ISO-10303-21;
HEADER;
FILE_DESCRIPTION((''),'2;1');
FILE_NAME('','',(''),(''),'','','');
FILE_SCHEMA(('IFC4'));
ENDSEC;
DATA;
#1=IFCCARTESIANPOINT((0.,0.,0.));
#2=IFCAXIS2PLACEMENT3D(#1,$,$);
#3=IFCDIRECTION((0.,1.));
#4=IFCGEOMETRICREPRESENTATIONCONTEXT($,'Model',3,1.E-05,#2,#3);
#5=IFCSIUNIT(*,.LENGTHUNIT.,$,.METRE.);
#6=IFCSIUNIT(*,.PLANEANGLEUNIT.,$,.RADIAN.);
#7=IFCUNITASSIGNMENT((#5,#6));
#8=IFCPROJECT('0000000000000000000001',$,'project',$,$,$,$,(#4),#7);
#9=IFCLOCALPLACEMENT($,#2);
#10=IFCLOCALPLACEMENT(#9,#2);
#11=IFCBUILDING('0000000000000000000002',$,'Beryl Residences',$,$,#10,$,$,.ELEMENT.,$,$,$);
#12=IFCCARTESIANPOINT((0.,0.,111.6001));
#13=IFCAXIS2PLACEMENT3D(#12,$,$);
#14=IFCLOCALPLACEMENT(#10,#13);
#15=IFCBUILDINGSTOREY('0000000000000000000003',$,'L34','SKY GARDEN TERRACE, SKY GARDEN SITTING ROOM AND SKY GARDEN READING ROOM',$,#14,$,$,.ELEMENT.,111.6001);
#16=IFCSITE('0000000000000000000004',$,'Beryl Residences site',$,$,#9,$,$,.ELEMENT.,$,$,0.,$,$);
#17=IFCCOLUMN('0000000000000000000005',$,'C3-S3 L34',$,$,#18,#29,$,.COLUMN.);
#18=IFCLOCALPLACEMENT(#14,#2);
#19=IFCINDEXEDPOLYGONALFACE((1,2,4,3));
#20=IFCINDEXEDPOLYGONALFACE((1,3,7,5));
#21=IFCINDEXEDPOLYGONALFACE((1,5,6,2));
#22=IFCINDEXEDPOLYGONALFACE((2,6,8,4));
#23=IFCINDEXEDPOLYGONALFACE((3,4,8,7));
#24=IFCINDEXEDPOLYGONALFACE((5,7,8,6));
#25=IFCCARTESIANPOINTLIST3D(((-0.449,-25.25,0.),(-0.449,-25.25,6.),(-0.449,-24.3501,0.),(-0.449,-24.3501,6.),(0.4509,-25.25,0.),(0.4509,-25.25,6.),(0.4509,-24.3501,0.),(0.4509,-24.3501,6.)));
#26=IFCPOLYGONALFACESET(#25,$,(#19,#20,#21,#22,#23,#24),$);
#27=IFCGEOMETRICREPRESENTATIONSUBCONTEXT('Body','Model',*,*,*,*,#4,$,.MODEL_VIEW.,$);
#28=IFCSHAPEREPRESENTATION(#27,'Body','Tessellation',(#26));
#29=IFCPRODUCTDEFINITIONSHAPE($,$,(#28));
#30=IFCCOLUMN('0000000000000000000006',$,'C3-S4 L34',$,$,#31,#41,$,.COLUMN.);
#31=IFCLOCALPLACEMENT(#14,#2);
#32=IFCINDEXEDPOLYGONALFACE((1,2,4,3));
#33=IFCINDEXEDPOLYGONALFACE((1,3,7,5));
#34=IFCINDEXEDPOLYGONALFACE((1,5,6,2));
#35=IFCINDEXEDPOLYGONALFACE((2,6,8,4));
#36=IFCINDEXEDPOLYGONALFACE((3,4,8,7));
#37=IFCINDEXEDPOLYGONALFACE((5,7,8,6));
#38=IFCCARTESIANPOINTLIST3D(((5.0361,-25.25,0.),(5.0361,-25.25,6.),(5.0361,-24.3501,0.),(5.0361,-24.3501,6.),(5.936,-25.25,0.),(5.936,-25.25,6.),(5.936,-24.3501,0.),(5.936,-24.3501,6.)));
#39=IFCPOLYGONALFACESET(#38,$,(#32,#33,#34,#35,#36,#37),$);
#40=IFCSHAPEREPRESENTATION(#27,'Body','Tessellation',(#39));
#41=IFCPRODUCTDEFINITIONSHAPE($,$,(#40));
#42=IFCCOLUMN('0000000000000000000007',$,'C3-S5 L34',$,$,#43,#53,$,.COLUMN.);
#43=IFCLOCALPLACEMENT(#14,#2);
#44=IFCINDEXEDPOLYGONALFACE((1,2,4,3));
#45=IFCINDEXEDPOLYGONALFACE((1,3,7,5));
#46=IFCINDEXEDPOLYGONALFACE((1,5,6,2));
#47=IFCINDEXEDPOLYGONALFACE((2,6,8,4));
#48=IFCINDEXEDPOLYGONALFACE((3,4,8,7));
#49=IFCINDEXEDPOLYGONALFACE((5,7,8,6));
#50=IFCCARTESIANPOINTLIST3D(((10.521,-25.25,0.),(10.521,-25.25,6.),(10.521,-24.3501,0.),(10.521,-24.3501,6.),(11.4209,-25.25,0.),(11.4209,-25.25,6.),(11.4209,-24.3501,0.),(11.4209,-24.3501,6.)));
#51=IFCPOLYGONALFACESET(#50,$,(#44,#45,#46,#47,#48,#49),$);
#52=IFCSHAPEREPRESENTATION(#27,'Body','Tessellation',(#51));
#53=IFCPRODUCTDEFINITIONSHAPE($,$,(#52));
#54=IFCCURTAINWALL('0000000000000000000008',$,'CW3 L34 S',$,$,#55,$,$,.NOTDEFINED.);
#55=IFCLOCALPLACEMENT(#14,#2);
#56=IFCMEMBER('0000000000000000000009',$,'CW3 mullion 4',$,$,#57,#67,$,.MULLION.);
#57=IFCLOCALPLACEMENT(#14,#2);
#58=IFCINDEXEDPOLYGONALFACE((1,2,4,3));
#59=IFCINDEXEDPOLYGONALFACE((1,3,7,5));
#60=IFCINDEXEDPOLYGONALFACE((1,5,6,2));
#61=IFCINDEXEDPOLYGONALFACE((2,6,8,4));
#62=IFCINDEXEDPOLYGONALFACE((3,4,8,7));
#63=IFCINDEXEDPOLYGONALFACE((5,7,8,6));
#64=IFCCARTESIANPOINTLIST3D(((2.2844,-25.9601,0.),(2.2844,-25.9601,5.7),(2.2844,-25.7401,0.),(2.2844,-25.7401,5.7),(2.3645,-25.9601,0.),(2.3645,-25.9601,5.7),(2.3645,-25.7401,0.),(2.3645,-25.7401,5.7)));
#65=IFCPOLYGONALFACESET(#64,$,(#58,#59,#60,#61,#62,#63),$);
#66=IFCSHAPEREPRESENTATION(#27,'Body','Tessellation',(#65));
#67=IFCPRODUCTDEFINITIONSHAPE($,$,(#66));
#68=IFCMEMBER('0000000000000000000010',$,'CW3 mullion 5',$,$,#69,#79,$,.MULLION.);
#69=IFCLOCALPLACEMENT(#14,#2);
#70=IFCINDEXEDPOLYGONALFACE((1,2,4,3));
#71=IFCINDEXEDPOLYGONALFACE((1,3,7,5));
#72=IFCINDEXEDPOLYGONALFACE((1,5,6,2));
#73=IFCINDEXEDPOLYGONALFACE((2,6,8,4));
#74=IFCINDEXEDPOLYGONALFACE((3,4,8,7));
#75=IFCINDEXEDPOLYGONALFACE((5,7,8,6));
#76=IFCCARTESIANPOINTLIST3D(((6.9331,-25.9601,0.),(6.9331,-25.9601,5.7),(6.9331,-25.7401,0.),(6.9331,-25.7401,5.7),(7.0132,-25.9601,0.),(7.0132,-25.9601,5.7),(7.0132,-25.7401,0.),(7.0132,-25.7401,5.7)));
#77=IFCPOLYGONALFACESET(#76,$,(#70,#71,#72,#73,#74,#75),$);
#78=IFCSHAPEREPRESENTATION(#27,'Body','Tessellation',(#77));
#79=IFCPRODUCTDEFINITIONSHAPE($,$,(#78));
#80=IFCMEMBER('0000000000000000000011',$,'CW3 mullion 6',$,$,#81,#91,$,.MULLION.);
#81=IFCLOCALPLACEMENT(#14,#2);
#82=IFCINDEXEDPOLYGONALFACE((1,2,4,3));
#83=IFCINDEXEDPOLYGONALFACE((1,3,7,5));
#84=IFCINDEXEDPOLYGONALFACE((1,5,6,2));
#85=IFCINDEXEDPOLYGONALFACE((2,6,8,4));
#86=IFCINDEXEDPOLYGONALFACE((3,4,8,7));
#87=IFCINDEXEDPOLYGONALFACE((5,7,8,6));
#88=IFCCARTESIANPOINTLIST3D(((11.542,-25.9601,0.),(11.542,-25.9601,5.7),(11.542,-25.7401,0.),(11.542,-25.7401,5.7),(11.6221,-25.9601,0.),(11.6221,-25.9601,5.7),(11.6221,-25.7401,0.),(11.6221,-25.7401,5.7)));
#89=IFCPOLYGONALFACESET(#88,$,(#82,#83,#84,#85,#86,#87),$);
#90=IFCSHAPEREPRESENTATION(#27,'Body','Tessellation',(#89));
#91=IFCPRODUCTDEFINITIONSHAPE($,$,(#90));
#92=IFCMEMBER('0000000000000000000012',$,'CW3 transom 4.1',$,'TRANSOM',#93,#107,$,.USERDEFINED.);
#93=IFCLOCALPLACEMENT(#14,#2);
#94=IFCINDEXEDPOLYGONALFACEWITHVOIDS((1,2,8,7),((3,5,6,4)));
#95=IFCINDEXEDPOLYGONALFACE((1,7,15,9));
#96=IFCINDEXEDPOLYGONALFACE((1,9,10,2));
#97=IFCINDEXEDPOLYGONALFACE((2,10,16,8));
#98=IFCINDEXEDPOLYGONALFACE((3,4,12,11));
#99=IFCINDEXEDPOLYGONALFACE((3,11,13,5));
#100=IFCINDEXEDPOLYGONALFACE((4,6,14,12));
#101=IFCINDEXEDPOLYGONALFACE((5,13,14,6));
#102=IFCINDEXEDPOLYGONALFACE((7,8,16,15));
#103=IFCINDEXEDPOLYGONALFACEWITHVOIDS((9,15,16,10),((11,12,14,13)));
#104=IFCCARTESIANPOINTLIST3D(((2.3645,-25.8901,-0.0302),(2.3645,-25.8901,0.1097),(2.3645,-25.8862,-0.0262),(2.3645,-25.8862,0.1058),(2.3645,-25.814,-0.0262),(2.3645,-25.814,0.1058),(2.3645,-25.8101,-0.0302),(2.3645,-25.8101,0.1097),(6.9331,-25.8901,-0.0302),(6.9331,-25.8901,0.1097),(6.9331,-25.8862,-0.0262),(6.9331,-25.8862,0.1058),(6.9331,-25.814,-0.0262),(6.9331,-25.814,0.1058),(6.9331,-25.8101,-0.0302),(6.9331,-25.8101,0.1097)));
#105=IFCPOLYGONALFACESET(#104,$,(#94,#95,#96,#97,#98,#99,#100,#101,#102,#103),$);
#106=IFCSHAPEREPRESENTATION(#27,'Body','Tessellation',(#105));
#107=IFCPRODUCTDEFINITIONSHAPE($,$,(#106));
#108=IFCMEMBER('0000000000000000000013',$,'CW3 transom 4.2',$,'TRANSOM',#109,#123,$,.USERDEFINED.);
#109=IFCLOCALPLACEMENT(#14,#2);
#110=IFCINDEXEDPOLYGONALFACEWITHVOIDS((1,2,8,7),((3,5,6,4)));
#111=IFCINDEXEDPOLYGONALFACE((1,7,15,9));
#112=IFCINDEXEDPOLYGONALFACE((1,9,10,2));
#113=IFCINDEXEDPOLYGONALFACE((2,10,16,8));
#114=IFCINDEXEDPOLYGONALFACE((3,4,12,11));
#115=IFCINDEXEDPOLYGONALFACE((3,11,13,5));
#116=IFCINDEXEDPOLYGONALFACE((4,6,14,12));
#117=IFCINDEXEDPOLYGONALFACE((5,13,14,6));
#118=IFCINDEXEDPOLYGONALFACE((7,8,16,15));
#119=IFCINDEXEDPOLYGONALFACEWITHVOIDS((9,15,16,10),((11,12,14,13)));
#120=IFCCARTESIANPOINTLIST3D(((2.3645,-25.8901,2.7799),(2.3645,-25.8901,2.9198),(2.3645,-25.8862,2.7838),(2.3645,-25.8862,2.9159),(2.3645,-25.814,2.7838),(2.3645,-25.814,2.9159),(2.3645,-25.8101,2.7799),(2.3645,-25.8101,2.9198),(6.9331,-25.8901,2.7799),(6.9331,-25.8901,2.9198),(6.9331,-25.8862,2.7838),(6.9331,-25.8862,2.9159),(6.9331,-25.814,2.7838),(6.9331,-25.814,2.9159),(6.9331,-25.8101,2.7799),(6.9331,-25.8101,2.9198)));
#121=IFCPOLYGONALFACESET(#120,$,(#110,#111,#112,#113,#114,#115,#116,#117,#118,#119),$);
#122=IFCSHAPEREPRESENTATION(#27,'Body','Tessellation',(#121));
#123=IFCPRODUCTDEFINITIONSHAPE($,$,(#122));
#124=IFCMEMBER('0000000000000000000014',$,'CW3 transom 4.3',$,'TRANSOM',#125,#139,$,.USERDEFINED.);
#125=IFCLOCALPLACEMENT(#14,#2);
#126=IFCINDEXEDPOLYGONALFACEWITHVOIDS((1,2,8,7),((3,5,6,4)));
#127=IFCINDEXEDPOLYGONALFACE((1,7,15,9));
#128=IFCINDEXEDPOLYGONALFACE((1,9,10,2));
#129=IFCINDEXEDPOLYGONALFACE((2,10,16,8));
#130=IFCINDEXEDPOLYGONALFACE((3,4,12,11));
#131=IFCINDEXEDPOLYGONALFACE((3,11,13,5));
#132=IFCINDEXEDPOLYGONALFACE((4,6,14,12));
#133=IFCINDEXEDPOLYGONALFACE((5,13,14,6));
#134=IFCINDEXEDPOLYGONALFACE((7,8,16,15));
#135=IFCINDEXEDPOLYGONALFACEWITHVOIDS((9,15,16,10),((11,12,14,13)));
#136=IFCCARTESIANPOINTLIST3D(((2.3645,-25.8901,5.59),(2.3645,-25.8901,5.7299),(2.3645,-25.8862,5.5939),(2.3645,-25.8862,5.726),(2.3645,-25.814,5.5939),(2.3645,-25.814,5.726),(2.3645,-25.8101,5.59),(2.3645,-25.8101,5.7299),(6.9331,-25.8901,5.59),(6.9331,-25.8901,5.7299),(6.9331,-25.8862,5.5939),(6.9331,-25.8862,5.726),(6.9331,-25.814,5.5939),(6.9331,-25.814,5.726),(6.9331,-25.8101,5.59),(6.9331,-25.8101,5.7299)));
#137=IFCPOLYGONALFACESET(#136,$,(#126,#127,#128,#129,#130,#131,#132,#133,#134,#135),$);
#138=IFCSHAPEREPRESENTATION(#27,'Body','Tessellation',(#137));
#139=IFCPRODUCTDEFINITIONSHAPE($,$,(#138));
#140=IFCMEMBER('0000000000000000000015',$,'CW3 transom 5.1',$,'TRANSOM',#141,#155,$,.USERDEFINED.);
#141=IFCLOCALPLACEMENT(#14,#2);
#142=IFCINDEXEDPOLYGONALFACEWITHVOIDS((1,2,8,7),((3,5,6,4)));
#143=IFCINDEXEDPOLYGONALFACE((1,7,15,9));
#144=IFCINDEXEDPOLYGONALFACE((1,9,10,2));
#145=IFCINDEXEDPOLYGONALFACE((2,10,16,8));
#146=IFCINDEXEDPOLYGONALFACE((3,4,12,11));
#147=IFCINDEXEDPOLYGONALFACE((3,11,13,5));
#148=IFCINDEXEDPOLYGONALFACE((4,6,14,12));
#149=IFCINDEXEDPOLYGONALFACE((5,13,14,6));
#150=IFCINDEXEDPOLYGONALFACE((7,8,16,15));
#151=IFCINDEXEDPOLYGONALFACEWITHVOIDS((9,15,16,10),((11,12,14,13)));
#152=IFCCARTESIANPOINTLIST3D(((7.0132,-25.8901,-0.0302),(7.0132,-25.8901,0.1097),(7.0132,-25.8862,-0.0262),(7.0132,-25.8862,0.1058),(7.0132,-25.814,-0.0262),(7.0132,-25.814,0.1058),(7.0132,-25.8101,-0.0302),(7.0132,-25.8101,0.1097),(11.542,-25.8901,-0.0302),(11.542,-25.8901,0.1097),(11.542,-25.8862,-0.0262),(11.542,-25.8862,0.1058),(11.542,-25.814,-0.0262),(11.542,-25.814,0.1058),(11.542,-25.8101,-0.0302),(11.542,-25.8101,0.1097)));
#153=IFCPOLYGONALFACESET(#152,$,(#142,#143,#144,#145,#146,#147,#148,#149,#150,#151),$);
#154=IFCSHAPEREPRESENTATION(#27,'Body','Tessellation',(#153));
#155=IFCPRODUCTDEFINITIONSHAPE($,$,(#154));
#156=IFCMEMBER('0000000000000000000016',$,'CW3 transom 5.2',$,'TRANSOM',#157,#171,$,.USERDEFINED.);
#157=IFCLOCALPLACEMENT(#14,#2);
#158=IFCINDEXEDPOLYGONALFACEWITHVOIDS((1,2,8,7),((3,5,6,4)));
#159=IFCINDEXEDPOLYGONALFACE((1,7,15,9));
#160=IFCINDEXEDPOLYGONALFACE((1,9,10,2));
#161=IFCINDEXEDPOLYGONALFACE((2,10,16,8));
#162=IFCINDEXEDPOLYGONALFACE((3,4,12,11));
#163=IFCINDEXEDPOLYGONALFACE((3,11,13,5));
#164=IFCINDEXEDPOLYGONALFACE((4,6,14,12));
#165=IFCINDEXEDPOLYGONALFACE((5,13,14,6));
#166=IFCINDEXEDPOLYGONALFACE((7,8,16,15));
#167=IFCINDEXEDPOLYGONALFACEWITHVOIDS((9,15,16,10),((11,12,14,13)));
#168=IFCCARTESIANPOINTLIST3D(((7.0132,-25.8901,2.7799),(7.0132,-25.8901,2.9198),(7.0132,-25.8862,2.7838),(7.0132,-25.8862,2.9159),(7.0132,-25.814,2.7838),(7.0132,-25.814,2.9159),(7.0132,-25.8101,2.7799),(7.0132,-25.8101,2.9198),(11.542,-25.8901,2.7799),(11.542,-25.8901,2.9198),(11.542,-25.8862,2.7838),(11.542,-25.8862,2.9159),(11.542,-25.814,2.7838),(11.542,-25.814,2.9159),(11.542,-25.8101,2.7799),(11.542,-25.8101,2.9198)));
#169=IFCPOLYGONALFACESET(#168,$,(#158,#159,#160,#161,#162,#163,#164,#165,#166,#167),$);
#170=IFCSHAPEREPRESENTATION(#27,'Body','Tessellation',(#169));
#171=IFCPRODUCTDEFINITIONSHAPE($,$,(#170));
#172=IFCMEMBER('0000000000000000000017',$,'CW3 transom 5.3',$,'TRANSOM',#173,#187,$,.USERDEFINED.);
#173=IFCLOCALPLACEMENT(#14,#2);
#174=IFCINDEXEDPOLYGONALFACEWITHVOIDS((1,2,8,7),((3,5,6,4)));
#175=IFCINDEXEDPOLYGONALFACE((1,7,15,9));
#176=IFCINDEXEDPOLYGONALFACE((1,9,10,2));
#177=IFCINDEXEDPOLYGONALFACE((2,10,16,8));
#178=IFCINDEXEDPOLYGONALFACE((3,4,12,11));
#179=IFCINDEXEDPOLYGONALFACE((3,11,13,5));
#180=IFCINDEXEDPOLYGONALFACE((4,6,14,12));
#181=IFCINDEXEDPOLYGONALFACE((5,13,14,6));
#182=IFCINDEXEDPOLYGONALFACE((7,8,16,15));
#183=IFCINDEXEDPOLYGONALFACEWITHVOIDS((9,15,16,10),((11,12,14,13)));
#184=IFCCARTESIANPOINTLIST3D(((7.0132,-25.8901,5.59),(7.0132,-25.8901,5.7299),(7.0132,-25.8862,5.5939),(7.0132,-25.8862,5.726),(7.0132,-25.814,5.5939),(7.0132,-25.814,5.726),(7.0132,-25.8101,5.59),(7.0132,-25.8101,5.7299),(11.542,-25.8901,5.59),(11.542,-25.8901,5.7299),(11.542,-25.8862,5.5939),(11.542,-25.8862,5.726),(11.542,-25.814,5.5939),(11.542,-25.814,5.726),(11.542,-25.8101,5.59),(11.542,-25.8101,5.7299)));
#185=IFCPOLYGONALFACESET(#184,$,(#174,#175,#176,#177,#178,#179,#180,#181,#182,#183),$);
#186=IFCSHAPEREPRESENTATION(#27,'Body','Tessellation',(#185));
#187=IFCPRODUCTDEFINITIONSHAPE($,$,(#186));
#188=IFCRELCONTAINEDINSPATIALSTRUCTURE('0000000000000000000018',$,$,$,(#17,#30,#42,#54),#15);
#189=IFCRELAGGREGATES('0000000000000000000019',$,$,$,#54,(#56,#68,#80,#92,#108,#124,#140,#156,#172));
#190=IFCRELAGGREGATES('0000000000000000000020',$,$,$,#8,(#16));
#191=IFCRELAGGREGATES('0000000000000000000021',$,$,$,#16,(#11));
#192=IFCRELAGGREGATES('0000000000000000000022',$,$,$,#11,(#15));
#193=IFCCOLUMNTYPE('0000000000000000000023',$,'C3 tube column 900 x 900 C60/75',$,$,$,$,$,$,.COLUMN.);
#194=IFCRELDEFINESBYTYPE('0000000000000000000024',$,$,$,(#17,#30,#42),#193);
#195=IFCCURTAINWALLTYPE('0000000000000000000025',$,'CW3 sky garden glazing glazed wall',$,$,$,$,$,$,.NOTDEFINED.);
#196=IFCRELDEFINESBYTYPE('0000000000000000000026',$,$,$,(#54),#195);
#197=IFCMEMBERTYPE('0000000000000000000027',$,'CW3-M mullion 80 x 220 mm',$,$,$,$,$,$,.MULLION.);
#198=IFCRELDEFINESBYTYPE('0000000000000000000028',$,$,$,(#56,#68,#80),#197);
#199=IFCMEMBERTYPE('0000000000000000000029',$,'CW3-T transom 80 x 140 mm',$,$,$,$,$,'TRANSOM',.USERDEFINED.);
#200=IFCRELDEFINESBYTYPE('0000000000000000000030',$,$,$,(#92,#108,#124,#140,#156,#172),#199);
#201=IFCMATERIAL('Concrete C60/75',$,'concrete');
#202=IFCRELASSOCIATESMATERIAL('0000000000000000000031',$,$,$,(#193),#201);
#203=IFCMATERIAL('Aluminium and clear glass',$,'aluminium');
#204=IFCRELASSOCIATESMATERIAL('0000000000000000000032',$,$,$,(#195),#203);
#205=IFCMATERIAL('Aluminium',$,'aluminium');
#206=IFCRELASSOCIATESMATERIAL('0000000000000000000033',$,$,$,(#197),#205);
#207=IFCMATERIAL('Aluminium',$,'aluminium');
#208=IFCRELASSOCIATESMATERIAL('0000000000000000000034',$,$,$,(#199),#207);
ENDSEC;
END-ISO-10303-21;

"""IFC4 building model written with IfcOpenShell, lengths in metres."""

from ifc_helpers import new_model, si_unit, direction, frame, origin, origin_2d, place, context, subcontext, project, spatial, rectangle, hollow_rectangle, extrude, material, material_profile, profile_set, type_object, element, aggregate, save


model = new_model("IFC4")

# Units and contexts
model_context = context("Model", 3, precision=1e-05, world=origin(), true_north=direction((0.0, 1.0)))
body_context = subcontext(model_context, "Body", "Model", "MODEL_VIEW")
ifc_project = project(units=[si_unit("LENGTHUNIT", "METRE"), si_unit("PLANEANGLEUNIT", "RADIAN")], contexts=[model_context])

# Site, building, storey
site_placement = place(None, origin())
site = spatial("IfcSite", under=ifc_project, at=site_placement, Name="Beryl Residences site", CompositionType="ELEMENT", RefElevation=0.0)
building_placement = place(site_placement, origin())
building = spatial("IfcBuilding", under=site, at=building_placement, Name="Beryl Residences", CompositionType="ELEMENT")
storey_placement = place(building_placement, frame((0.0, 0.0, 111.6001)))
storey = spatial("IfcBuildingStorey", under=building, at=storey_placement, Name="L34", Description="SKY GARDEN TERRACE, SKY GARDEN SITTING ROOM AND SKY GARDEN READING ROOM", CompositionType="ELEMENT", Elevation=111.6001)

# Columns
ifc_material_1 = material(Name="Concrete C60/75", Category="concrete")
ifc_material_profile_1 = material_profile(ifc_material_1, rectangle(XDim=0.8999, YDim=0.8999, at=origin_2d()))
ifc_profile_set_1 = profile_set([ifc_material_profile_1], Name="Concrete C60/75")
column_type = type_object("IfcColumnType", Name="C3 tube column 900 x 900 C60/75", PredefinedType="COLUMN", material=ifc_profile_set_1)
for number, where, z_axis, x_axis, name in (
    (1, (0.001, -24.8, 0.0), (0.0, 0.0, 1.0), (1.0, 0.0, 0.0), "C3-S3 L34"),
    (2, (5.4861, -24.8, 0.0), (0.0, 0.0, 1.0), (1.0, 0.0, 0.0), "C3-S4 L34"),
    (3, (10.9709, -24.8, 0.0), (0.0, 0.0, 1.0), (1.0, 0.0, 0.0), "C3-S5 L34"),
):
    element("IfcColumn", number, at=place(storey_placement, frame(where, z_axis=z_axis, x_axis=x_axis)), inside=storey, type_object=column_type, Name=name, PredefinedType="COLUMN", context=body_context, shape_type="SweptSolid", body=[
        extrude(rectangle(XDim=0.8999, YDim=0.8999, at=origin_2d()), origin(), (0.0, 0.0, 1.0), 6.0),
    ])

# Curtain wall, members
ifc_material_2 = material(Name="Aluminium and clear glass", Category="aluminium")
curtain_wall_type = type_object("IfcCurtainWallType", Name="CW3 sky garden glazing glazed wall", PredefinedType="NOTDEFINED", material=ifc_material_2)
curtain_wall_placement = place(storey_placement, origin())
curtain_wall = element("IfcCurtainWall", 4, at=curtain_wall_placement, inside=storey, type_object=curtain_wall_type, Name="CW3 L34 S", PredefinedType="NOTDEFINED")
ifc_material_3 = material(Name="Aluminium", Category="aluminium")
ifc_material_profile_2 = material_profile(ifc_material_3, rectangle(XDim=0.0801, YDim=0.22, at=origin_2d()))
ifc_profile_set_2 = profile_set([ifc_material_profile_2], Name="Aluminium")
member_type_1 = type_object("IfcMemberType", Name="CW3-M mullion 80 x 220 mm", PredefinedType="MULLION", material=ifc_profile_set_2)
member_1_placement = place(storey_placement, frame((2.3245, -25.8501, 0.0), z_axis=(0.0, 0.0, 1.0), x_axis=(1.0, 0.0, 0.0)))
member_1 = element("IfcMember", 5, at=member_1_placement, type_object=member_type_1, Name="CW3 mullion 4", PredefinedType="MULLION", context=body_context, shape_type="SweptSolid", body=[
    extrude(rectangle(XDim=0.0801, YDim=0.22, at=origin_2d()), origin(), (0.0, 0.0, 1.0), 5.7),
])
member_2_placement = place(storey_placement, frame((6.9731, -25.8501, 0.0), z_axis=(0.0, 0.0, 1.0), x_axis=(1.0, 0.0, 0.0)))
member_2 = element("IfcMember", 6, at=member_2_placement, type_object=member_type_1, Name="CW3 mullion 5", PredefinedType="MULLION", context=body_context, shape_type="SweptSolid", body=[
    extrude(rectangle(XDim=0.0801, YDim=0.22, at=origin_2d()), origin(), (0.0, 0.0, 1.0), 5.7),
])
member_3_placement = place(storey_placement, frame((11.582, -25.8501, 0.0), z_axis=(0.0, 0.0, 1.0), x_axis=(1.0, 0.0, 0.0)))
member_3 = element("IfcMember", 7, at=member_3_placement, type_object=member_type_1, Name="CW3 mullion 6", PredefinedType="MULLION", context=body_context, shape_type="SweptSolid", body=[
    extrude(rectangle(XDim=0.0801, YDim=0.22, at=origin_2d()), origin(), (0.0, 0.0, 1.0), 5.7),
])
ifc_material_4 = material(Name="Aluminium", Category="aluminium")
ifc_material_profile_3 = material_profile(ifc_material_4, hollow_rectangle(XDim=0.0801, YDim=0.1399, WallThickness=0.0039, at=origin_2d()))
ifc_profile_set_3 = profile_set([ifc_material_profile_3], Name="Aluminium")
member_type_2 = type_object("IfcMemberType", Name="CW3-T transom 80 x 140 mm", ElementType="TRANSOM", PredefinedType="USERDEFINED", material=ifc_profile_set_3)
member_4_placement = place(storey_placement, frame((2.3645, -25.8501, 0.0398), z_axis=(1.0, 0.0, 0.0), x_axis=(0.0, 1.0, 0.0)))
member_4 = element("IfcMember", 8, at=member_4_placement, type_object=member_type_2, Name="CW3 transom 4.1", ObjectType="TRANSOM", PredefinedType="USERDEFINED", context=body_context, shape_type="SweptSolid", body=[
    extrude(hollow_rectangle(XDim=0.0801, YDim=0.1399, WallThickness=0.0039, at=origin_2d()), origin(), (0.0, 0.0, 1.0), 4.5686),
])
member_5_placement = place(storey_placement, frame((2.3645, -25.8501, 2.8499), z_axis=(1.0, 0.0, 0.0), x_axis=(0.0, 1.0, 0.0)))
member_5 = element("IfcMember", 9, at=member_5_placement, type_object=member_type_2, Name="CW3 transom 4.2", ObjectType="TRANSOM", PredefinedType="USERDEFINED", context=body_context, shape_type="SweptSolid", body=[
    extrude(hollow_rectangle(XDim=0.0801, YDim=0.1399, WallThickness=0.0039, at=origin_2d()), origin(), (0.0, 0.0, 1.0), 4.5686),
])
member_6_placement = place(storey_placement, frame((2.3645, -25.8501, 5.6599), z_axis=(1.0, 0.0, 0.0), x_axis=(0.0, 1.0, 0.0)))
member_6 = element("IfcMember", 10, at=member_6_placement, type_object=member_type_2, Name="CW3 transom 4.3", ObjectType="TRANSOM", PredefinedType="USERDEFINED", context=body_context, shape_type="SweptSolid", body=[
    extrude(hollow_rectangle(XDim=0.0801, YDim=0.1399, WallThickness=0.0039, at=origin_2d()), origin(), (0.0, 0.0, 1.0), 4.5686),
])
member_7_placement = place(storey_placement, frame((7.0132, -25.8501, 0.0398), z_axis=(1.0, 0.0, 0.0), x_axis=(0.0, 1.0, 0.0)))
member_7 = element("IfcMember", 11, at=member_7_placement, type_object=member_type_2, Name="CW3 transom 5.1", ObjectType="TRANSOM", PredefinedType="USERDEFINED", context=body_context, shape_type="SweptSolid", body=[
    extrude(hollow_rectangle(XDim=0.0801, YDim=0.1399, WallThickness=0.0039, at=origin_2d()), origin(), (0.0, 0.0, 1.0), 4.5288),
])
member_8_placement = place(storey_placement, frame((7.0132, -25.8501, 2.8499), z_axis=(1.0, 0.0, 0.0), x_axis=(0.0, 1.0, 0.0)))
member_8 = element("IfcMember", 12, at=member_8_placement, type_object=member_type_2, Name="CW3 transom 5.2", ObjectType="TRANSOM", PredefinedType="USERDEFINED", context=body_context, shape_type="SweptSolid", body=[
    extrude(hollow_rectangle(XDim=0.0801, YDim=0.1399, WallThickness=0.0039, at=origin_2d()), origin(), (0.0, 0.0, 1.0), 4.5288),
])
member_9_placement = place(storey_placement, frame((7.0132, -25.8501, 5.6599), z_axis=(1.0, 0.0, 0.0), x_axis=(0.0, 1.0, 0.0)))
member_9 = element("IfcMember", 13, at=member_9_placement, type_object=member_type_2, Name="CW3 transom 5.3", ObjectType="TRANSOM", PredefinedType="USERDEFINED", context=body_context, shape_type="SweptSolid", body=[
    extrude(hollow_rectangle(XDim=0.0801, YDim=0.1399, WallThickness=0.0039, at=origin_2d()), origin(), (0.0, 0.0, 1.0), 4.5288),
])
aggregate(curtain_wall, [member_1, member_2, member_3, member_4, member_5, member_6, member_7, member_8, member_9])

save(model, "model.ifc")
